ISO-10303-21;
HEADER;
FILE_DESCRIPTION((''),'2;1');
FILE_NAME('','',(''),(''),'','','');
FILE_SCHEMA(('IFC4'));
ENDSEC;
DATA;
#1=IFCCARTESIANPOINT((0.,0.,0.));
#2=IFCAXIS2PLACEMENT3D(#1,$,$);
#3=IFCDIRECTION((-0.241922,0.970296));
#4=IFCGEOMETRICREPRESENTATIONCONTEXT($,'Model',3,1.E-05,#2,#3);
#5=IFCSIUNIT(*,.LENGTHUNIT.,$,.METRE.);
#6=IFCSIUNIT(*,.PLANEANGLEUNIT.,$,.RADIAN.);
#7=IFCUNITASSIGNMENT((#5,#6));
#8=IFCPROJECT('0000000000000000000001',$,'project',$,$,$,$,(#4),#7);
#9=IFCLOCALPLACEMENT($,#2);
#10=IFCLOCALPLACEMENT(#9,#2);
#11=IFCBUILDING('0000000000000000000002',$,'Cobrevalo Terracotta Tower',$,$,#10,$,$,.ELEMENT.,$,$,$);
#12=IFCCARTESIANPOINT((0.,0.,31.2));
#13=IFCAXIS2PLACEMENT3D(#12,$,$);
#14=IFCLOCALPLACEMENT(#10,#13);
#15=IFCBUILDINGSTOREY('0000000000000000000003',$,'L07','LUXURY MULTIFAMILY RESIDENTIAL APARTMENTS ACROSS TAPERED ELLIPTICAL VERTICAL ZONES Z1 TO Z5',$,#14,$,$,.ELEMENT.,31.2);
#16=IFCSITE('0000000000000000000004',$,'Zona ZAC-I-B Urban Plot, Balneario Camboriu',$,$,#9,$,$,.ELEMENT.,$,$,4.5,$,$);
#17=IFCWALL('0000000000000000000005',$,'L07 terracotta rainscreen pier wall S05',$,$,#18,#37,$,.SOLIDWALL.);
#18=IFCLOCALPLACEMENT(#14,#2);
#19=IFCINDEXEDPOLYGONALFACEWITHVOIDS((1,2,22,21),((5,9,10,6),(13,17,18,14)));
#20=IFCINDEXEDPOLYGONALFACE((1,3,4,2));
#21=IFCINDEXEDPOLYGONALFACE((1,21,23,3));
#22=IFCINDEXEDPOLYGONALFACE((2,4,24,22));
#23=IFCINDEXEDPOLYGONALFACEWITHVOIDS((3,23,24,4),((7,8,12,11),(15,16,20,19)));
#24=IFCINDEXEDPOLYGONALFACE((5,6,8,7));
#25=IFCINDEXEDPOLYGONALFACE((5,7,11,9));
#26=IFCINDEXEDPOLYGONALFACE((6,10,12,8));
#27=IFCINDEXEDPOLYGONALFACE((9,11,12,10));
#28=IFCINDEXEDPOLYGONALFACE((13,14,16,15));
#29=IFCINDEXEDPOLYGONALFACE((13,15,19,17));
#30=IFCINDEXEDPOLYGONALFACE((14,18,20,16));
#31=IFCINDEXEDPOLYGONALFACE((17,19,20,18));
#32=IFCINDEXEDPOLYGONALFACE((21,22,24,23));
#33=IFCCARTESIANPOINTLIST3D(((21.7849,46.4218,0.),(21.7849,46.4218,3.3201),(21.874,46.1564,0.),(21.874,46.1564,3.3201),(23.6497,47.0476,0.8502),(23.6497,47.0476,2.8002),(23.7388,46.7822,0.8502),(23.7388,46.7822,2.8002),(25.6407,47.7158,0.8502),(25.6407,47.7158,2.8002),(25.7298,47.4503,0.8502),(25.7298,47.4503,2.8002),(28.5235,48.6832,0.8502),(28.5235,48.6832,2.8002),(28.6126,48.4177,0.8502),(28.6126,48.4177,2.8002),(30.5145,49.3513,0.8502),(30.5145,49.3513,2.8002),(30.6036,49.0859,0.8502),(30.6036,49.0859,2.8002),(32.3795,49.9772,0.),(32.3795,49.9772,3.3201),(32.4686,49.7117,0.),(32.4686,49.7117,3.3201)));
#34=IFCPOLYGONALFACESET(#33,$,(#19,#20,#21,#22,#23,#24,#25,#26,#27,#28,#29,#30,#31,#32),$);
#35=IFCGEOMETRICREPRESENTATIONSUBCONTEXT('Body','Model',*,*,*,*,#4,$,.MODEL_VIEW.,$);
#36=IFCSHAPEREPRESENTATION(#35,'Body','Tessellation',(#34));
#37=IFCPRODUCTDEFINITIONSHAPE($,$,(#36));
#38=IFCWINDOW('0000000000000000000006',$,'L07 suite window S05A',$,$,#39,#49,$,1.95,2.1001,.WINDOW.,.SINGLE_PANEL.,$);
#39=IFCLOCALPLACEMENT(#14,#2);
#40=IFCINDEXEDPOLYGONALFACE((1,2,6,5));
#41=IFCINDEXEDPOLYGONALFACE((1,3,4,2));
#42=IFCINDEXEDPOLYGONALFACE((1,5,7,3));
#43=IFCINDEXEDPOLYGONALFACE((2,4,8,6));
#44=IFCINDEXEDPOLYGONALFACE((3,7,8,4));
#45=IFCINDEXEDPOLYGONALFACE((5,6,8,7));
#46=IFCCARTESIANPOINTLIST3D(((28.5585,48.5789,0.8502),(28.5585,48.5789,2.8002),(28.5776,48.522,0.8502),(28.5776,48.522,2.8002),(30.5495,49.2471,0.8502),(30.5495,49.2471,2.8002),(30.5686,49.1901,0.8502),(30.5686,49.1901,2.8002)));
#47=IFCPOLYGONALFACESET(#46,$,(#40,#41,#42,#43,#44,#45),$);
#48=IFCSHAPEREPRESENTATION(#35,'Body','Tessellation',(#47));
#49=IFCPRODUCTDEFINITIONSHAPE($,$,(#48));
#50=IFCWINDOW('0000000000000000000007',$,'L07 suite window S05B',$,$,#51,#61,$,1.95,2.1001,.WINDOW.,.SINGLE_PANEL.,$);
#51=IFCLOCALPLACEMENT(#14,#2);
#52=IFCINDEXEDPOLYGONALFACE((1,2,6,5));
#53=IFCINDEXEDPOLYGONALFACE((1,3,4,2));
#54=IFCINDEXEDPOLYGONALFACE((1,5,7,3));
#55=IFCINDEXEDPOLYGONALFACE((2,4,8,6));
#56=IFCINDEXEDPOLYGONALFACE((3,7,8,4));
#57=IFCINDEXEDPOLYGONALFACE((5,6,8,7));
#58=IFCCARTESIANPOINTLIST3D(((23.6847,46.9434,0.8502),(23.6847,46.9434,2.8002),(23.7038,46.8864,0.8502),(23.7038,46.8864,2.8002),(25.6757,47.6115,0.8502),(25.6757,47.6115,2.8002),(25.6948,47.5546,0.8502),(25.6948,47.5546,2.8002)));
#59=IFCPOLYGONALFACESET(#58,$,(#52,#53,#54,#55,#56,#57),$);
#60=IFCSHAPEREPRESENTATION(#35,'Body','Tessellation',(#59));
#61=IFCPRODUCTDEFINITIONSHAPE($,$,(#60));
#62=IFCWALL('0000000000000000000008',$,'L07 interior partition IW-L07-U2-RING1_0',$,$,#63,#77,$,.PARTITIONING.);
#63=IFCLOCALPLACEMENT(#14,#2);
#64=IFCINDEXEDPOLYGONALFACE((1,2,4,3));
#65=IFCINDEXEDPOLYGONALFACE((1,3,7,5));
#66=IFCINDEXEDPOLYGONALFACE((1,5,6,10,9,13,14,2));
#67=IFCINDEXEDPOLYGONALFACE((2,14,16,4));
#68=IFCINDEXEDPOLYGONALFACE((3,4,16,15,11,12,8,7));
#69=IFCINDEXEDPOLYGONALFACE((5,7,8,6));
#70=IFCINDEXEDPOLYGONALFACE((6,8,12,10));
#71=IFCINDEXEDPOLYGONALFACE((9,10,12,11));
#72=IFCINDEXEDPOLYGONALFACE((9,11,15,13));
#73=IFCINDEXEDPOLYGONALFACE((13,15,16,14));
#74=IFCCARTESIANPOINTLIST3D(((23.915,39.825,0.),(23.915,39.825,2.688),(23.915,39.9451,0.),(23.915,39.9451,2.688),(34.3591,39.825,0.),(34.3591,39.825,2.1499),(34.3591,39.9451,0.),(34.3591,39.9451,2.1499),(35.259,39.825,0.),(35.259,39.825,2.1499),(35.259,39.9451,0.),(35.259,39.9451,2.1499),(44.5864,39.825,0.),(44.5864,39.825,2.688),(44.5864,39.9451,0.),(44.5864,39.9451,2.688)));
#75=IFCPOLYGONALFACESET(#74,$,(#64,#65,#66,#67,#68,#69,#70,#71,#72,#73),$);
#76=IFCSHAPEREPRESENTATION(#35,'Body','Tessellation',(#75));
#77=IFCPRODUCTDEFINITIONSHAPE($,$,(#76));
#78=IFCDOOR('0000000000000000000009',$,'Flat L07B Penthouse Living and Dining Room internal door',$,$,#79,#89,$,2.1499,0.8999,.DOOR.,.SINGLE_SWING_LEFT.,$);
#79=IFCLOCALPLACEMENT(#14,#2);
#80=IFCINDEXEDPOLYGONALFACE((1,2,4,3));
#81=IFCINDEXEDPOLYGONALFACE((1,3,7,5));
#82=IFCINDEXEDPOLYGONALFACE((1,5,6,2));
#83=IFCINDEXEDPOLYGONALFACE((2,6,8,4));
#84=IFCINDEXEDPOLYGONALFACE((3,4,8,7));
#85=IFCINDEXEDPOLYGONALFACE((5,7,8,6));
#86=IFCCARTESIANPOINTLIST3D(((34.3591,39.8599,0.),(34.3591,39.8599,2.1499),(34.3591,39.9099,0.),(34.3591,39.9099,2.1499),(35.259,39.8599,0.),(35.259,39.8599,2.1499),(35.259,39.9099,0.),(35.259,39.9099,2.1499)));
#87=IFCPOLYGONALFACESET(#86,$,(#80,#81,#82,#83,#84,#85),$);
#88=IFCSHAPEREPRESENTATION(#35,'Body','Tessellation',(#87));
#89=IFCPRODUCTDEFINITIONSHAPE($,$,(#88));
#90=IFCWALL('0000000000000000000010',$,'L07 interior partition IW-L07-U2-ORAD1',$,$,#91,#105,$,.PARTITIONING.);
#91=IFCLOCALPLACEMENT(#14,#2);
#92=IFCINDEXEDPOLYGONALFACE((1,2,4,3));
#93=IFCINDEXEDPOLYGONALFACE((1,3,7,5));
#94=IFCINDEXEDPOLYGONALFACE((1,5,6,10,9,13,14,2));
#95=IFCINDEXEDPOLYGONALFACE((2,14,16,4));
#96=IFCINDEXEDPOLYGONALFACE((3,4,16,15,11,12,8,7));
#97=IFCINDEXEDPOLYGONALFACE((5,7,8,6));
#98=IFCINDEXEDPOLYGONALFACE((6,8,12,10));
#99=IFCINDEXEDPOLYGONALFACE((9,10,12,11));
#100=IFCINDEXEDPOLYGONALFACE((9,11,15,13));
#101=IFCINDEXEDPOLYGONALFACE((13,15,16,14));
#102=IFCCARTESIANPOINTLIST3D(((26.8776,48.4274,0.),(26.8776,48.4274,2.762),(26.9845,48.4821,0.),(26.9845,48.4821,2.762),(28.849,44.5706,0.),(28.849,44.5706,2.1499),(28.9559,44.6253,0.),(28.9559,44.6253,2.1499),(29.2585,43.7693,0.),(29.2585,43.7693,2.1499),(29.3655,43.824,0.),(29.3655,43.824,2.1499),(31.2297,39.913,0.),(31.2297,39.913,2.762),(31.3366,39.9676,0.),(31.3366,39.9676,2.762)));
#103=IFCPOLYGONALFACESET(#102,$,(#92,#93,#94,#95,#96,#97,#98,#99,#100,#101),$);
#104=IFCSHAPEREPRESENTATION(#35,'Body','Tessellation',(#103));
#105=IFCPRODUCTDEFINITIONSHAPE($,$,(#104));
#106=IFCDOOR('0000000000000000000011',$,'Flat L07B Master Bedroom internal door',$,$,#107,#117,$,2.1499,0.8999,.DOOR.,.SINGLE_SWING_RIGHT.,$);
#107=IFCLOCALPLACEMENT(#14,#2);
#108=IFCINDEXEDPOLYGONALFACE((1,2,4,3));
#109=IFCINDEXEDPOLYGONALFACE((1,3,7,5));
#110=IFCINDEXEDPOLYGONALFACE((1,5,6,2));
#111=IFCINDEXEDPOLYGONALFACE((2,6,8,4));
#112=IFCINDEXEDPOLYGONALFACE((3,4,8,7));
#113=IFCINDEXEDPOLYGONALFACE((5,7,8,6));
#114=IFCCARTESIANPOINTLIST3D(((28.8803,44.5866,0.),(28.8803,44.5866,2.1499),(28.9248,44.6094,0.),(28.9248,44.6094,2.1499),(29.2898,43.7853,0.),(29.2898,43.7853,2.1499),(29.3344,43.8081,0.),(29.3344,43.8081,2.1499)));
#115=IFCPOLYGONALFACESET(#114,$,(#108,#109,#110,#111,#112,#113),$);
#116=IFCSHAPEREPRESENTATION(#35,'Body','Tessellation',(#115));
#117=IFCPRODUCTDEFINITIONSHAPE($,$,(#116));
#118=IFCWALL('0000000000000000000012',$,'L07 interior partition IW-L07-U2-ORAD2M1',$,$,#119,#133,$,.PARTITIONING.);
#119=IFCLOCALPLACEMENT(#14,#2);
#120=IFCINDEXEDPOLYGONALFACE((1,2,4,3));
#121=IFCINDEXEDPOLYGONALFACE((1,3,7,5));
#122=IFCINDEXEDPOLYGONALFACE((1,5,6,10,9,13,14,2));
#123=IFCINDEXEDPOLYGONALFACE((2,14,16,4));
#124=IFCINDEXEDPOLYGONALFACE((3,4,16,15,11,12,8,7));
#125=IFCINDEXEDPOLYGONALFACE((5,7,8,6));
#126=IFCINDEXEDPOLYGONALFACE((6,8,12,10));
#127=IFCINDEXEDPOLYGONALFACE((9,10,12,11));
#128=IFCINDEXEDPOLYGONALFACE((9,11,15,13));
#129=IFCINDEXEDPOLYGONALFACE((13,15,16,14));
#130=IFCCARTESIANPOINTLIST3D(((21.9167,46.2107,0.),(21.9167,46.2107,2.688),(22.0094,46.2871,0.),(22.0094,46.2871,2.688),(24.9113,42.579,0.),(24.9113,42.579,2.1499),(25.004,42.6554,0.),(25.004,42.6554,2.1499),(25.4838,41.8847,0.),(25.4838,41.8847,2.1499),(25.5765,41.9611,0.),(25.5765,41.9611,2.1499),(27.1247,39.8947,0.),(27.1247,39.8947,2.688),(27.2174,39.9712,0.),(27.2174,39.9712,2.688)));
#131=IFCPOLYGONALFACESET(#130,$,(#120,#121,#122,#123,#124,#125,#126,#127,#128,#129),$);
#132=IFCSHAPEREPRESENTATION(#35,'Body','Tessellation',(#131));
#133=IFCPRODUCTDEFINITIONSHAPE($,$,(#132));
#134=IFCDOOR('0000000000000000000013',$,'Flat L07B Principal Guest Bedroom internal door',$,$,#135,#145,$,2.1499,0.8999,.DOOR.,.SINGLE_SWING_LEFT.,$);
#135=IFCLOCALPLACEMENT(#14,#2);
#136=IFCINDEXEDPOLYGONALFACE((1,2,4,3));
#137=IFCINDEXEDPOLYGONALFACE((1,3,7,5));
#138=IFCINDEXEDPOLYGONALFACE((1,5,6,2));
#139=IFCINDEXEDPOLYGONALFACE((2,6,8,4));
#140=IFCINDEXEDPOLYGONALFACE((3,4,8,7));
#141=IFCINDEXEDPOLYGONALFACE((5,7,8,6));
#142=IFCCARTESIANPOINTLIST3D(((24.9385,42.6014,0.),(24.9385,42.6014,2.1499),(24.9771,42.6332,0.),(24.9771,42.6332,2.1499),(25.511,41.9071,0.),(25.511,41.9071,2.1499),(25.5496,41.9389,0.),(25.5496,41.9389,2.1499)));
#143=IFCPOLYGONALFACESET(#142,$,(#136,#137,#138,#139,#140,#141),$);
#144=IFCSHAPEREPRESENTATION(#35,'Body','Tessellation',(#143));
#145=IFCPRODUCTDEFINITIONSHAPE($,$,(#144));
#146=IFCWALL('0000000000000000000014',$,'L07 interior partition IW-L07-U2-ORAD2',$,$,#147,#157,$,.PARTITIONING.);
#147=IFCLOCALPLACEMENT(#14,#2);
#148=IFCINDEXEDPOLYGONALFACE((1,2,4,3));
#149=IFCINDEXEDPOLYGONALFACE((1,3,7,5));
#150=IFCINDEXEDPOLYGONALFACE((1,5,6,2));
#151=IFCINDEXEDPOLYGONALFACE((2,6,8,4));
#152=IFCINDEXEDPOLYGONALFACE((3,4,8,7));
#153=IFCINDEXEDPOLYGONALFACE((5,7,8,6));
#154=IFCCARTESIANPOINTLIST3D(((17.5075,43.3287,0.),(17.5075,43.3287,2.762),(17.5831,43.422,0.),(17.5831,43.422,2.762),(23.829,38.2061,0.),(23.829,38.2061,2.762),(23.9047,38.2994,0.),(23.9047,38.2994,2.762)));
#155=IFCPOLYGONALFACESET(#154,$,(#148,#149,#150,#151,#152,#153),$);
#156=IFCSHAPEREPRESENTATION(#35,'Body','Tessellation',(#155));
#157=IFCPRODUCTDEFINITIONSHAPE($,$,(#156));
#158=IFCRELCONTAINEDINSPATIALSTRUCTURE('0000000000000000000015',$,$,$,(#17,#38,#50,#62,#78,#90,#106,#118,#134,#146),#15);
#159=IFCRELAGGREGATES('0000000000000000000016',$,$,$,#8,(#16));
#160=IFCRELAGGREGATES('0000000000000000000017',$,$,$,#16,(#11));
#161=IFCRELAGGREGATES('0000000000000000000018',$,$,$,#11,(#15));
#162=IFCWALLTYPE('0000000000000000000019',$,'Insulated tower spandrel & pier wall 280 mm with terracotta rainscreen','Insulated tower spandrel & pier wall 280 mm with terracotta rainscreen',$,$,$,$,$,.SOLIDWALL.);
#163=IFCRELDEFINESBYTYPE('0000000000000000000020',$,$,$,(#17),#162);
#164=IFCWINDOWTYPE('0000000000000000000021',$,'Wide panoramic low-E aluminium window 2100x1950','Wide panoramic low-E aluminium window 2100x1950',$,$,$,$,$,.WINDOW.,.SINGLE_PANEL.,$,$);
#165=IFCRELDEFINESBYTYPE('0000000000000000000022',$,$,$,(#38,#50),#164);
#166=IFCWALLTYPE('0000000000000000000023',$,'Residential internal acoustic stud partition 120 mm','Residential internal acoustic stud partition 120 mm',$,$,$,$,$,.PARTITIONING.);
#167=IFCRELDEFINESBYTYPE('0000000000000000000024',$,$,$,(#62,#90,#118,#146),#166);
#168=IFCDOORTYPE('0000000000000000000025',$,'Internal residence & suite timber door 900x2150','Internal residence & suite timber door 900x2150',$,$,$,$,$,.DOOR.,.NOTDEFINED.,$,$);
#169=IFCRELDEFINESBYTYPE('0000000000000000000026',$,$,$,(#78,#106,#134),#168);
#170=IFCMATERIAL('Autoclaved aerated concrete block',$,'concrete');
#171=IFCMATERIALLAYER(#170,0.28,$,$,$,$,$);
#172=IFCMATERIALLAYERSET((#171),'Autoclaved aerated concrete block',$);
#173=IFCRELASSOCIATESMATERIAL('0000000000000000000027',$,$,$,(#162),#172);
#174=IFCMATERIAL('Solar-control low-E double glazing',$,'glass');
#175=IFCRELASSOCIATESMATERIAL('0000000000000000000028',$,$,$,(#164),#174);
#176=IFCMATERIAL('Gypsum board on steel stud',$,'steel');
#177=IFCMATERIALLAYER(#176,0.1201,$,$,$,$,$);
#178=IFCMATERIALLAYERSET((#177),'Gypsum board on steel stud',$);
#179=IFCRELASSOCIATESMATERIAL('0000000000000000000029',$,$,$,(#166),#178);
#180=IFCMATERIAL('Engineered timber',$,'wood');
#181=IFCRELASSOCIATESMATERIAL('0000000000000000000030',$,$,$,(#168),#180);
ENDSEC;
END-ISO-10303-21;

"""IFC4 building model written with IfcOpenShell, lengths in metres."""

from ifc_helpers import new_model, si_unit, direction, frame, frame_2d, origin, place, context, subcontext, project, spatial, rectangle, extrude, source, transform, mapped, material, layer, layer_set, type_object, element, fill, save


model = new_model("IFC4")

# Units and contexts
model_context = context("Model", 3, precision=1e-05, world=origin(), true_north=direction((-0.241922, 0.970296)))
body_context = subcontext(model_context, "Body", "Model", "MODEL_VIEW")
ifc_project = project(units=[si_unit("LENGTHUNIT", "METRE"), si_unit("PLANEANGLEUNIT", "RADIAN")], contexts=[model_context])

# Site, building, storey
site_placement = place(None, origin())
site = spatial("IfcSite", under=ifc_project, at=site_placement, Name="Zona ZAC-I-B Urban Plot, Balneario Camboriu", CompositionType="ELEMENT", RefElevation=4.5)
building_placement = place(site_placement, origin())
building = spatial("IfcBuilding", under=site, at=building_placement, Name="Cobrevalo Terracotta Tower", CompositionType="ELEMENT")
storey_placement = place(building_placement, frame((0.0, 0.0, 31.2)))
storey = spatial("IfcBuildingStorey", under=building, at=storey_placement, Name="L07", Description="LUXURY MULTIFAMILY RESIDENTIAL APARTMENTS ACROSS TAPERED ELLIPTICAL VERTICAL ZONES Z1 TO Z5", CompositionType="ELEMENT", Elevation=31.2)

# Shared definitions
ifc_material_1 = material(Name="Gypsum board on steel stud", Category="steel")

# Wall, openings, windows
ifc_material_2 = material(Name="Autoclaved aerated concrete block", Category="concrete")
ifc_layer_1 = layer(ifc_material_2, 0.28)
ifc_layer_set_1 = layer_set([ifc_layer_1], Name="Autoclaved aerated concrete block")
wall_type_1 = type_object("IfcWallType", Name="Insulated tower spandrel & pier wall 280 mm with terracotta rainscreen", Description="Insulated tower spandrel & pier wall 280 mm with terracotta rainscreen", PredefinedType="SOLIDWALL", material=ifc_layer_set_1)
wall_1_placement = place(storey_placement, frame((32.4241, 49.8445, 0.0), z_axis=(0.0, 0.0, 1.0), x_axis=(-0.948041, -0.318147, 0.0)))
wall_1 = element("IfcWall", 1, at=wall_1_placement, inside=storey, type_object=wall_type_1, Name="L07 terracotta rainscreen pier wall S05", PredefinedType="SOLIDWALL", context=body_context, shape_type="SweptSolid", body=[
    extrude(rectangle(XDim=11.1753, YDim=0.28, at=frame_2d((5.5876, 0.0))), origin(), (0.0, 0.0, 1.0), 3.3201),
])
opening_1_placement = place(wall_1_placement, frame((1.9673, 0.0, 0.8501)))
opening_1 = element("IfcOpeningElement", 2, at=opening_1_placement, cuts=wall_1, PredefinedType="OPENING", context=body_context, shape_type="SweptSolid", body=[
    extrude(rectangle(XDim=2.1001, YDim=1.95, at=frame_2d((1.05, 0.9751))), frame((0.0, 0.1499, 0.0), z_axis=(0.0, -1.0, 0.0), x_axis=(1.0, 0.0, 0.0)), (0.0, 0.0, 1.0), 0.3),
])
opening_2_placement = place(wall_1_placement, frame((7.1082, 0.0, 0.8501)))
opening_2 = element("IfcOpeningElement", 3, at=opening_2_placement, cuts=wall_1, PredefinedType="OPENING", context=body_context, shape_type="SweptSolid", body=[
    extrude(rectangle(XDim=2.1001, YDim=1.95, at=frame_2d((1.05, 0.9751))), frame((0.0, 0.1499, 0.0), z_axis=(0.0, -1.0, 0.0), x_axis=(1.0, 0.0, 0.0)), (0.0, 0.0, 1.0), 0.3),
])
ifc_material_3 = material(Name="Solar-control low-E double glazing", Category="glass")
window_type = type_object("IfcWindowType", Name="Wide panoramic low-E aluminium window 2100x1950", Description="Wide panoramic low-E aluminium window 2100x1950", PartitioningType="SINGLE_PANEL", PredefinedType="WINDOW", material=ifc_material_3)
shared_shape_1 = source(origin(), body_context, "Body", "SweptSolid", [
    extrude(rectangle(XDim=2.1001, YDim=1.95, at=frame_2d((1.05, 0.9751))), frame((0.0, 0.03, 0.0), z_axis=(0.0, -1.0, 0.0), x_axis=(1.0, 0.0, 0.0)), (0.0, 0.0, 1.0), 0.0601),
])
window_1_placement = place(opening_1_placement, origin())
window_1 = element("IfcWindow", 4, at=window_1_placement, inside=storey, type_object=window_type, Name="L07 suite window S05A", OverallHeight=1.95, OverallWidth=2.1001, PartitioningType="SINGLE_PANEL", PredefinedType="WINDOW", context=body_context, shape_type="MappedRepresentation", body=[
    mapped(shared_shape_1, transform((0.0, 0.0, 0.0), scale=1.0)),
])
fill(opening_1, window_1)
window_2_placement = place(opening_2_placement, origin())
window_2 = element("IfcWindow", 5, at=window_2_placement, inside=storey, type_object=window_type, Name="L07 suite window S05B", OverallHeight=1.95, OverallWidth=2.1001, PartitioningType="SINGLE_PANEL", PredefinedType="WINDOW", context=body_context, shape_type="MappedRepresentation", body=[
    mapped(shared_shape_1, transform((0.0, 0.0, 0.0), scale=1.0)),
])
fill(opening_2, window_2)

# Walls, openings, doors
ifc_layer_2 = layer(ifc_material_1, 0.1201)
ifc_layer_set_2 = layer_set([ifc_layer_2], Name="Gypsum board on steel stud")
wall_type_2 = type_object("IfcWallType", Name="Residential internal acoustic stud partition 120 mm", Description="Residential internal acoustic stud partition 120 mm", PredefinedType="PARTITIONING", material=ifc_layer_set_2)
wall_2_placement = place(storey_placement, frame((23.915, 39.885, 0.0), z_axis=(0.0, 0.0, 1.0), x_axis=(1.0, 0.0, 0.0)))
wall_2 = element("IfcWall", 6, at=wall_2_placement, inside=storey, type_object=wall_type_2, Name="L07 interior partition IW-L07-U2-RING1_0", PredefinedType="PARTITIONING", context=body_context, shape_type="SweptSolid", body=[
    extrude(rectangle(XDim=20.6714, YDim=0.1201, at=frame_2d((10.3357, 0.0))), origin(), (0.0, 0.0, 1.0), 2.688),
])
opening_3_placement = place(wall_2_placement, frame((10.4441, 0.0, 0.0)))
opening_3 = element("IfcOpeningElement", 7, at=opening_3_placement, cuts=wall_2, PredefinedType="OPENING", context=body_context, shape_type="SweptSolid", body=[
    extrude(rectangle(XDim=0.8999, YDim=2.1499, at=frame_2d((0.45, 1.075))), frame((0.0, 0.0701, 0.0), z_axis=(0.0, -1.0, 0.0), x_axis=(1.0, 0.0, 0.0)), (0.0, 0.0, 1.0), 0.1401),
])
ifc_material_4 = material(Name="Engineered timber", Category="wood")
door_type_1 = type_object("IfcDoorType", Name="Internal residence & suite timber door 900x2150", Description="Internal residence & suite timber door 900x2150", OperationType="NOTDEFINED", PredefinedType="DOOR", material=ifc_material_4)
shared_shape_2 = source(origin(), body_context, "Body", "SweptSolid", [
    extrude(rectangle(XDim=0.8999, YDim=2.1499, at=frame_2d((0.45, 1.075))), frame((0.0, 0.0249, 0.0), z_axis=(0.0, -1.0, 0.0), x_axis=(1.0, 0.0, 0.0)), (0.0, 0.0, 1.0), 0.05),
])
door_1_placement = place(opening_3_placement, origin())
door_1 = element("IfcDoor", 8, at=door_1_placement, inside=storey, type_object=door_type_1, Name="Flat L07B Penthouse Living and Dining Room internal door", OperationType="SINGLE_SWING_LEFT", OverallHeight=2.1499, OverallWidth=0.8999, PredefinedType="DOOR", context=body_context, shape_type="MappedRepresentation", body=[
    mapped(shared_shape_2, transform((0.0, 0.0, 0.0), scale=1.0)),
])
fill(opening_3, door_1)
wall_3_placement = place(storey_placement, frame((31.2832, 39.9402, 0.0), z_axis=(0.0, 0.0, 1.0), x_axis=(-0.455131, 0.890424, 0.0)))
wall_3 = element("IfcWall", 9, at=wall_3_placement, inside=storey, type_object=wall_type_2, Name="L07 interior partition IW-L07-U2-ORAD1", PredefinedType="PARTITIONING", context=body_context, shape_type="SweptSolid", body=[
    extrude(rectangle(XDim=9.5623, YDim=0.1201, at=frame_2d((4.7812, 0.0))), origin(), (0.0, 0.0, 1.0), 2.762),
])
opening_4_placement = place(wall_3_placement, frame((4.3311, 0.0, 0.0)))
opening_4 = element("IfcOpeningElement", 10, at=opening_4_placement, cuts=wall_3, PredefinedType="OPENING", context=body_context, shape_type="SweptSolid", body=[
    extrude(rectangle(XDim=0.8999, YDim=2.1499, at=frame_2d((0.45, 1.075))), frame((0.0, 0.0701, 0.0), z_axis=(0.0, -1.0, 0.0), x_axis=(1.0, 0.0, 0.0)), (0.0, 0.0, 1.0), 0.1401),
])
door_2_placement = place(opening_4_placement, origin())
door_2 = element("IfcDoor", 11, at=door_2_placement, inside=storey, type_object=door_type_1, Name="Flat L07B Master Bedroom internal door", OperationType="SINGLE_SWING_RIGHT", OverallHeight=2.1499, OverallWidth=0.8999, PredefinedType="DOOR", context=body_context, shape_type="MappedRepresentation", body=[
    mapped(shared_shape_2, transform((0.0, 0.0, 0.0), scale=1.0)),
])
fill(opening_4, door_2)
wall_4_placement = place(storey_placement, frame((27.1711, 39.9329, 0.0), z_axis=(0.0, 0.0, 1.0), x_axis=(-0.636192, 0.771531, 0.0)))
wall_4 = element("IfcWall", 12, at=wall_4_placement, inside=storey, type_object=wall_type_2, Name="L07 interior partition IW-L07-U2-ORAD2M1", PredefinedType="PARTITIONING", context=body_context, shape_type="SweptSolid", body=[
    extrude(rectangle(XDim=8.1863, YDim=0.1201, at=frame_2d((4.0933, 0.0))), origin(), (0.0, 0.0, 1.0), 2.688),
])
opening_5_placement = place(wall_4_placement, frame((2.5793, 0.0, 0.0)))
opening_5 = element("IfcOpeningElement", 13, at=opening_5_placement, cuts=wall_4, PredefinedType="OPENING", context=body_context, shape_type="SweptSolid", body=[
    extrude(rectangle(XDim=0.8999, YDim=2.1499, at=frame_2d((0.45, 1.075))), frame((0.0, 0.0701, 0.0), z_axis=(0.0, -1.0, 0.0), x_axis=(1.0, 0.0, 0.0)), (0.0, 0.0, 1.0), 0.1401),
])
door_3_placement = place(opening_5_placement, origin())
door_3 = element("IfcDoor", 14, at=door_3_placement, inside=storey, type_object=door_type_1, Name="Flat L07B Principal Guest Bedroom internal door", OperationType="SINGLE_SWING_LEFT", OverallHeight=2.1499, OverallWidth=0.8999, PredefinedType="DOOR", context=body_context, shape_type="MappedRepresentation", body=[
    mapped(shared_shape_2, transform((0.0, 0.0, 0.0), scale=1.0)),
])
fill(opening_5, door_3)

# Wall
wall_5_placement = place(storey_placement, frame((23.8669, 38.2527, 0.0), z_axis=(0.0, 0.0, 1.0), x_axis=(-0.776937, 0.629579, 0.0)))
element("IfcWall", 15, at=wall_5_placement, inside=storey, type_object=wall_type_2, Name="L07 interior partition IW-L07-U2-ORAD2", PredefinedType="PARTITIONING", context=body_context, shape_type="SweptSolid", body=[
    extrude(rectangle(XDim=8.1365, YDim=0.1201, at=frame_2d((4.0684, 0.0))), origin(), (0.0, 0.0, 1.0), 2.762),
])

save(model, "model.ifc")
